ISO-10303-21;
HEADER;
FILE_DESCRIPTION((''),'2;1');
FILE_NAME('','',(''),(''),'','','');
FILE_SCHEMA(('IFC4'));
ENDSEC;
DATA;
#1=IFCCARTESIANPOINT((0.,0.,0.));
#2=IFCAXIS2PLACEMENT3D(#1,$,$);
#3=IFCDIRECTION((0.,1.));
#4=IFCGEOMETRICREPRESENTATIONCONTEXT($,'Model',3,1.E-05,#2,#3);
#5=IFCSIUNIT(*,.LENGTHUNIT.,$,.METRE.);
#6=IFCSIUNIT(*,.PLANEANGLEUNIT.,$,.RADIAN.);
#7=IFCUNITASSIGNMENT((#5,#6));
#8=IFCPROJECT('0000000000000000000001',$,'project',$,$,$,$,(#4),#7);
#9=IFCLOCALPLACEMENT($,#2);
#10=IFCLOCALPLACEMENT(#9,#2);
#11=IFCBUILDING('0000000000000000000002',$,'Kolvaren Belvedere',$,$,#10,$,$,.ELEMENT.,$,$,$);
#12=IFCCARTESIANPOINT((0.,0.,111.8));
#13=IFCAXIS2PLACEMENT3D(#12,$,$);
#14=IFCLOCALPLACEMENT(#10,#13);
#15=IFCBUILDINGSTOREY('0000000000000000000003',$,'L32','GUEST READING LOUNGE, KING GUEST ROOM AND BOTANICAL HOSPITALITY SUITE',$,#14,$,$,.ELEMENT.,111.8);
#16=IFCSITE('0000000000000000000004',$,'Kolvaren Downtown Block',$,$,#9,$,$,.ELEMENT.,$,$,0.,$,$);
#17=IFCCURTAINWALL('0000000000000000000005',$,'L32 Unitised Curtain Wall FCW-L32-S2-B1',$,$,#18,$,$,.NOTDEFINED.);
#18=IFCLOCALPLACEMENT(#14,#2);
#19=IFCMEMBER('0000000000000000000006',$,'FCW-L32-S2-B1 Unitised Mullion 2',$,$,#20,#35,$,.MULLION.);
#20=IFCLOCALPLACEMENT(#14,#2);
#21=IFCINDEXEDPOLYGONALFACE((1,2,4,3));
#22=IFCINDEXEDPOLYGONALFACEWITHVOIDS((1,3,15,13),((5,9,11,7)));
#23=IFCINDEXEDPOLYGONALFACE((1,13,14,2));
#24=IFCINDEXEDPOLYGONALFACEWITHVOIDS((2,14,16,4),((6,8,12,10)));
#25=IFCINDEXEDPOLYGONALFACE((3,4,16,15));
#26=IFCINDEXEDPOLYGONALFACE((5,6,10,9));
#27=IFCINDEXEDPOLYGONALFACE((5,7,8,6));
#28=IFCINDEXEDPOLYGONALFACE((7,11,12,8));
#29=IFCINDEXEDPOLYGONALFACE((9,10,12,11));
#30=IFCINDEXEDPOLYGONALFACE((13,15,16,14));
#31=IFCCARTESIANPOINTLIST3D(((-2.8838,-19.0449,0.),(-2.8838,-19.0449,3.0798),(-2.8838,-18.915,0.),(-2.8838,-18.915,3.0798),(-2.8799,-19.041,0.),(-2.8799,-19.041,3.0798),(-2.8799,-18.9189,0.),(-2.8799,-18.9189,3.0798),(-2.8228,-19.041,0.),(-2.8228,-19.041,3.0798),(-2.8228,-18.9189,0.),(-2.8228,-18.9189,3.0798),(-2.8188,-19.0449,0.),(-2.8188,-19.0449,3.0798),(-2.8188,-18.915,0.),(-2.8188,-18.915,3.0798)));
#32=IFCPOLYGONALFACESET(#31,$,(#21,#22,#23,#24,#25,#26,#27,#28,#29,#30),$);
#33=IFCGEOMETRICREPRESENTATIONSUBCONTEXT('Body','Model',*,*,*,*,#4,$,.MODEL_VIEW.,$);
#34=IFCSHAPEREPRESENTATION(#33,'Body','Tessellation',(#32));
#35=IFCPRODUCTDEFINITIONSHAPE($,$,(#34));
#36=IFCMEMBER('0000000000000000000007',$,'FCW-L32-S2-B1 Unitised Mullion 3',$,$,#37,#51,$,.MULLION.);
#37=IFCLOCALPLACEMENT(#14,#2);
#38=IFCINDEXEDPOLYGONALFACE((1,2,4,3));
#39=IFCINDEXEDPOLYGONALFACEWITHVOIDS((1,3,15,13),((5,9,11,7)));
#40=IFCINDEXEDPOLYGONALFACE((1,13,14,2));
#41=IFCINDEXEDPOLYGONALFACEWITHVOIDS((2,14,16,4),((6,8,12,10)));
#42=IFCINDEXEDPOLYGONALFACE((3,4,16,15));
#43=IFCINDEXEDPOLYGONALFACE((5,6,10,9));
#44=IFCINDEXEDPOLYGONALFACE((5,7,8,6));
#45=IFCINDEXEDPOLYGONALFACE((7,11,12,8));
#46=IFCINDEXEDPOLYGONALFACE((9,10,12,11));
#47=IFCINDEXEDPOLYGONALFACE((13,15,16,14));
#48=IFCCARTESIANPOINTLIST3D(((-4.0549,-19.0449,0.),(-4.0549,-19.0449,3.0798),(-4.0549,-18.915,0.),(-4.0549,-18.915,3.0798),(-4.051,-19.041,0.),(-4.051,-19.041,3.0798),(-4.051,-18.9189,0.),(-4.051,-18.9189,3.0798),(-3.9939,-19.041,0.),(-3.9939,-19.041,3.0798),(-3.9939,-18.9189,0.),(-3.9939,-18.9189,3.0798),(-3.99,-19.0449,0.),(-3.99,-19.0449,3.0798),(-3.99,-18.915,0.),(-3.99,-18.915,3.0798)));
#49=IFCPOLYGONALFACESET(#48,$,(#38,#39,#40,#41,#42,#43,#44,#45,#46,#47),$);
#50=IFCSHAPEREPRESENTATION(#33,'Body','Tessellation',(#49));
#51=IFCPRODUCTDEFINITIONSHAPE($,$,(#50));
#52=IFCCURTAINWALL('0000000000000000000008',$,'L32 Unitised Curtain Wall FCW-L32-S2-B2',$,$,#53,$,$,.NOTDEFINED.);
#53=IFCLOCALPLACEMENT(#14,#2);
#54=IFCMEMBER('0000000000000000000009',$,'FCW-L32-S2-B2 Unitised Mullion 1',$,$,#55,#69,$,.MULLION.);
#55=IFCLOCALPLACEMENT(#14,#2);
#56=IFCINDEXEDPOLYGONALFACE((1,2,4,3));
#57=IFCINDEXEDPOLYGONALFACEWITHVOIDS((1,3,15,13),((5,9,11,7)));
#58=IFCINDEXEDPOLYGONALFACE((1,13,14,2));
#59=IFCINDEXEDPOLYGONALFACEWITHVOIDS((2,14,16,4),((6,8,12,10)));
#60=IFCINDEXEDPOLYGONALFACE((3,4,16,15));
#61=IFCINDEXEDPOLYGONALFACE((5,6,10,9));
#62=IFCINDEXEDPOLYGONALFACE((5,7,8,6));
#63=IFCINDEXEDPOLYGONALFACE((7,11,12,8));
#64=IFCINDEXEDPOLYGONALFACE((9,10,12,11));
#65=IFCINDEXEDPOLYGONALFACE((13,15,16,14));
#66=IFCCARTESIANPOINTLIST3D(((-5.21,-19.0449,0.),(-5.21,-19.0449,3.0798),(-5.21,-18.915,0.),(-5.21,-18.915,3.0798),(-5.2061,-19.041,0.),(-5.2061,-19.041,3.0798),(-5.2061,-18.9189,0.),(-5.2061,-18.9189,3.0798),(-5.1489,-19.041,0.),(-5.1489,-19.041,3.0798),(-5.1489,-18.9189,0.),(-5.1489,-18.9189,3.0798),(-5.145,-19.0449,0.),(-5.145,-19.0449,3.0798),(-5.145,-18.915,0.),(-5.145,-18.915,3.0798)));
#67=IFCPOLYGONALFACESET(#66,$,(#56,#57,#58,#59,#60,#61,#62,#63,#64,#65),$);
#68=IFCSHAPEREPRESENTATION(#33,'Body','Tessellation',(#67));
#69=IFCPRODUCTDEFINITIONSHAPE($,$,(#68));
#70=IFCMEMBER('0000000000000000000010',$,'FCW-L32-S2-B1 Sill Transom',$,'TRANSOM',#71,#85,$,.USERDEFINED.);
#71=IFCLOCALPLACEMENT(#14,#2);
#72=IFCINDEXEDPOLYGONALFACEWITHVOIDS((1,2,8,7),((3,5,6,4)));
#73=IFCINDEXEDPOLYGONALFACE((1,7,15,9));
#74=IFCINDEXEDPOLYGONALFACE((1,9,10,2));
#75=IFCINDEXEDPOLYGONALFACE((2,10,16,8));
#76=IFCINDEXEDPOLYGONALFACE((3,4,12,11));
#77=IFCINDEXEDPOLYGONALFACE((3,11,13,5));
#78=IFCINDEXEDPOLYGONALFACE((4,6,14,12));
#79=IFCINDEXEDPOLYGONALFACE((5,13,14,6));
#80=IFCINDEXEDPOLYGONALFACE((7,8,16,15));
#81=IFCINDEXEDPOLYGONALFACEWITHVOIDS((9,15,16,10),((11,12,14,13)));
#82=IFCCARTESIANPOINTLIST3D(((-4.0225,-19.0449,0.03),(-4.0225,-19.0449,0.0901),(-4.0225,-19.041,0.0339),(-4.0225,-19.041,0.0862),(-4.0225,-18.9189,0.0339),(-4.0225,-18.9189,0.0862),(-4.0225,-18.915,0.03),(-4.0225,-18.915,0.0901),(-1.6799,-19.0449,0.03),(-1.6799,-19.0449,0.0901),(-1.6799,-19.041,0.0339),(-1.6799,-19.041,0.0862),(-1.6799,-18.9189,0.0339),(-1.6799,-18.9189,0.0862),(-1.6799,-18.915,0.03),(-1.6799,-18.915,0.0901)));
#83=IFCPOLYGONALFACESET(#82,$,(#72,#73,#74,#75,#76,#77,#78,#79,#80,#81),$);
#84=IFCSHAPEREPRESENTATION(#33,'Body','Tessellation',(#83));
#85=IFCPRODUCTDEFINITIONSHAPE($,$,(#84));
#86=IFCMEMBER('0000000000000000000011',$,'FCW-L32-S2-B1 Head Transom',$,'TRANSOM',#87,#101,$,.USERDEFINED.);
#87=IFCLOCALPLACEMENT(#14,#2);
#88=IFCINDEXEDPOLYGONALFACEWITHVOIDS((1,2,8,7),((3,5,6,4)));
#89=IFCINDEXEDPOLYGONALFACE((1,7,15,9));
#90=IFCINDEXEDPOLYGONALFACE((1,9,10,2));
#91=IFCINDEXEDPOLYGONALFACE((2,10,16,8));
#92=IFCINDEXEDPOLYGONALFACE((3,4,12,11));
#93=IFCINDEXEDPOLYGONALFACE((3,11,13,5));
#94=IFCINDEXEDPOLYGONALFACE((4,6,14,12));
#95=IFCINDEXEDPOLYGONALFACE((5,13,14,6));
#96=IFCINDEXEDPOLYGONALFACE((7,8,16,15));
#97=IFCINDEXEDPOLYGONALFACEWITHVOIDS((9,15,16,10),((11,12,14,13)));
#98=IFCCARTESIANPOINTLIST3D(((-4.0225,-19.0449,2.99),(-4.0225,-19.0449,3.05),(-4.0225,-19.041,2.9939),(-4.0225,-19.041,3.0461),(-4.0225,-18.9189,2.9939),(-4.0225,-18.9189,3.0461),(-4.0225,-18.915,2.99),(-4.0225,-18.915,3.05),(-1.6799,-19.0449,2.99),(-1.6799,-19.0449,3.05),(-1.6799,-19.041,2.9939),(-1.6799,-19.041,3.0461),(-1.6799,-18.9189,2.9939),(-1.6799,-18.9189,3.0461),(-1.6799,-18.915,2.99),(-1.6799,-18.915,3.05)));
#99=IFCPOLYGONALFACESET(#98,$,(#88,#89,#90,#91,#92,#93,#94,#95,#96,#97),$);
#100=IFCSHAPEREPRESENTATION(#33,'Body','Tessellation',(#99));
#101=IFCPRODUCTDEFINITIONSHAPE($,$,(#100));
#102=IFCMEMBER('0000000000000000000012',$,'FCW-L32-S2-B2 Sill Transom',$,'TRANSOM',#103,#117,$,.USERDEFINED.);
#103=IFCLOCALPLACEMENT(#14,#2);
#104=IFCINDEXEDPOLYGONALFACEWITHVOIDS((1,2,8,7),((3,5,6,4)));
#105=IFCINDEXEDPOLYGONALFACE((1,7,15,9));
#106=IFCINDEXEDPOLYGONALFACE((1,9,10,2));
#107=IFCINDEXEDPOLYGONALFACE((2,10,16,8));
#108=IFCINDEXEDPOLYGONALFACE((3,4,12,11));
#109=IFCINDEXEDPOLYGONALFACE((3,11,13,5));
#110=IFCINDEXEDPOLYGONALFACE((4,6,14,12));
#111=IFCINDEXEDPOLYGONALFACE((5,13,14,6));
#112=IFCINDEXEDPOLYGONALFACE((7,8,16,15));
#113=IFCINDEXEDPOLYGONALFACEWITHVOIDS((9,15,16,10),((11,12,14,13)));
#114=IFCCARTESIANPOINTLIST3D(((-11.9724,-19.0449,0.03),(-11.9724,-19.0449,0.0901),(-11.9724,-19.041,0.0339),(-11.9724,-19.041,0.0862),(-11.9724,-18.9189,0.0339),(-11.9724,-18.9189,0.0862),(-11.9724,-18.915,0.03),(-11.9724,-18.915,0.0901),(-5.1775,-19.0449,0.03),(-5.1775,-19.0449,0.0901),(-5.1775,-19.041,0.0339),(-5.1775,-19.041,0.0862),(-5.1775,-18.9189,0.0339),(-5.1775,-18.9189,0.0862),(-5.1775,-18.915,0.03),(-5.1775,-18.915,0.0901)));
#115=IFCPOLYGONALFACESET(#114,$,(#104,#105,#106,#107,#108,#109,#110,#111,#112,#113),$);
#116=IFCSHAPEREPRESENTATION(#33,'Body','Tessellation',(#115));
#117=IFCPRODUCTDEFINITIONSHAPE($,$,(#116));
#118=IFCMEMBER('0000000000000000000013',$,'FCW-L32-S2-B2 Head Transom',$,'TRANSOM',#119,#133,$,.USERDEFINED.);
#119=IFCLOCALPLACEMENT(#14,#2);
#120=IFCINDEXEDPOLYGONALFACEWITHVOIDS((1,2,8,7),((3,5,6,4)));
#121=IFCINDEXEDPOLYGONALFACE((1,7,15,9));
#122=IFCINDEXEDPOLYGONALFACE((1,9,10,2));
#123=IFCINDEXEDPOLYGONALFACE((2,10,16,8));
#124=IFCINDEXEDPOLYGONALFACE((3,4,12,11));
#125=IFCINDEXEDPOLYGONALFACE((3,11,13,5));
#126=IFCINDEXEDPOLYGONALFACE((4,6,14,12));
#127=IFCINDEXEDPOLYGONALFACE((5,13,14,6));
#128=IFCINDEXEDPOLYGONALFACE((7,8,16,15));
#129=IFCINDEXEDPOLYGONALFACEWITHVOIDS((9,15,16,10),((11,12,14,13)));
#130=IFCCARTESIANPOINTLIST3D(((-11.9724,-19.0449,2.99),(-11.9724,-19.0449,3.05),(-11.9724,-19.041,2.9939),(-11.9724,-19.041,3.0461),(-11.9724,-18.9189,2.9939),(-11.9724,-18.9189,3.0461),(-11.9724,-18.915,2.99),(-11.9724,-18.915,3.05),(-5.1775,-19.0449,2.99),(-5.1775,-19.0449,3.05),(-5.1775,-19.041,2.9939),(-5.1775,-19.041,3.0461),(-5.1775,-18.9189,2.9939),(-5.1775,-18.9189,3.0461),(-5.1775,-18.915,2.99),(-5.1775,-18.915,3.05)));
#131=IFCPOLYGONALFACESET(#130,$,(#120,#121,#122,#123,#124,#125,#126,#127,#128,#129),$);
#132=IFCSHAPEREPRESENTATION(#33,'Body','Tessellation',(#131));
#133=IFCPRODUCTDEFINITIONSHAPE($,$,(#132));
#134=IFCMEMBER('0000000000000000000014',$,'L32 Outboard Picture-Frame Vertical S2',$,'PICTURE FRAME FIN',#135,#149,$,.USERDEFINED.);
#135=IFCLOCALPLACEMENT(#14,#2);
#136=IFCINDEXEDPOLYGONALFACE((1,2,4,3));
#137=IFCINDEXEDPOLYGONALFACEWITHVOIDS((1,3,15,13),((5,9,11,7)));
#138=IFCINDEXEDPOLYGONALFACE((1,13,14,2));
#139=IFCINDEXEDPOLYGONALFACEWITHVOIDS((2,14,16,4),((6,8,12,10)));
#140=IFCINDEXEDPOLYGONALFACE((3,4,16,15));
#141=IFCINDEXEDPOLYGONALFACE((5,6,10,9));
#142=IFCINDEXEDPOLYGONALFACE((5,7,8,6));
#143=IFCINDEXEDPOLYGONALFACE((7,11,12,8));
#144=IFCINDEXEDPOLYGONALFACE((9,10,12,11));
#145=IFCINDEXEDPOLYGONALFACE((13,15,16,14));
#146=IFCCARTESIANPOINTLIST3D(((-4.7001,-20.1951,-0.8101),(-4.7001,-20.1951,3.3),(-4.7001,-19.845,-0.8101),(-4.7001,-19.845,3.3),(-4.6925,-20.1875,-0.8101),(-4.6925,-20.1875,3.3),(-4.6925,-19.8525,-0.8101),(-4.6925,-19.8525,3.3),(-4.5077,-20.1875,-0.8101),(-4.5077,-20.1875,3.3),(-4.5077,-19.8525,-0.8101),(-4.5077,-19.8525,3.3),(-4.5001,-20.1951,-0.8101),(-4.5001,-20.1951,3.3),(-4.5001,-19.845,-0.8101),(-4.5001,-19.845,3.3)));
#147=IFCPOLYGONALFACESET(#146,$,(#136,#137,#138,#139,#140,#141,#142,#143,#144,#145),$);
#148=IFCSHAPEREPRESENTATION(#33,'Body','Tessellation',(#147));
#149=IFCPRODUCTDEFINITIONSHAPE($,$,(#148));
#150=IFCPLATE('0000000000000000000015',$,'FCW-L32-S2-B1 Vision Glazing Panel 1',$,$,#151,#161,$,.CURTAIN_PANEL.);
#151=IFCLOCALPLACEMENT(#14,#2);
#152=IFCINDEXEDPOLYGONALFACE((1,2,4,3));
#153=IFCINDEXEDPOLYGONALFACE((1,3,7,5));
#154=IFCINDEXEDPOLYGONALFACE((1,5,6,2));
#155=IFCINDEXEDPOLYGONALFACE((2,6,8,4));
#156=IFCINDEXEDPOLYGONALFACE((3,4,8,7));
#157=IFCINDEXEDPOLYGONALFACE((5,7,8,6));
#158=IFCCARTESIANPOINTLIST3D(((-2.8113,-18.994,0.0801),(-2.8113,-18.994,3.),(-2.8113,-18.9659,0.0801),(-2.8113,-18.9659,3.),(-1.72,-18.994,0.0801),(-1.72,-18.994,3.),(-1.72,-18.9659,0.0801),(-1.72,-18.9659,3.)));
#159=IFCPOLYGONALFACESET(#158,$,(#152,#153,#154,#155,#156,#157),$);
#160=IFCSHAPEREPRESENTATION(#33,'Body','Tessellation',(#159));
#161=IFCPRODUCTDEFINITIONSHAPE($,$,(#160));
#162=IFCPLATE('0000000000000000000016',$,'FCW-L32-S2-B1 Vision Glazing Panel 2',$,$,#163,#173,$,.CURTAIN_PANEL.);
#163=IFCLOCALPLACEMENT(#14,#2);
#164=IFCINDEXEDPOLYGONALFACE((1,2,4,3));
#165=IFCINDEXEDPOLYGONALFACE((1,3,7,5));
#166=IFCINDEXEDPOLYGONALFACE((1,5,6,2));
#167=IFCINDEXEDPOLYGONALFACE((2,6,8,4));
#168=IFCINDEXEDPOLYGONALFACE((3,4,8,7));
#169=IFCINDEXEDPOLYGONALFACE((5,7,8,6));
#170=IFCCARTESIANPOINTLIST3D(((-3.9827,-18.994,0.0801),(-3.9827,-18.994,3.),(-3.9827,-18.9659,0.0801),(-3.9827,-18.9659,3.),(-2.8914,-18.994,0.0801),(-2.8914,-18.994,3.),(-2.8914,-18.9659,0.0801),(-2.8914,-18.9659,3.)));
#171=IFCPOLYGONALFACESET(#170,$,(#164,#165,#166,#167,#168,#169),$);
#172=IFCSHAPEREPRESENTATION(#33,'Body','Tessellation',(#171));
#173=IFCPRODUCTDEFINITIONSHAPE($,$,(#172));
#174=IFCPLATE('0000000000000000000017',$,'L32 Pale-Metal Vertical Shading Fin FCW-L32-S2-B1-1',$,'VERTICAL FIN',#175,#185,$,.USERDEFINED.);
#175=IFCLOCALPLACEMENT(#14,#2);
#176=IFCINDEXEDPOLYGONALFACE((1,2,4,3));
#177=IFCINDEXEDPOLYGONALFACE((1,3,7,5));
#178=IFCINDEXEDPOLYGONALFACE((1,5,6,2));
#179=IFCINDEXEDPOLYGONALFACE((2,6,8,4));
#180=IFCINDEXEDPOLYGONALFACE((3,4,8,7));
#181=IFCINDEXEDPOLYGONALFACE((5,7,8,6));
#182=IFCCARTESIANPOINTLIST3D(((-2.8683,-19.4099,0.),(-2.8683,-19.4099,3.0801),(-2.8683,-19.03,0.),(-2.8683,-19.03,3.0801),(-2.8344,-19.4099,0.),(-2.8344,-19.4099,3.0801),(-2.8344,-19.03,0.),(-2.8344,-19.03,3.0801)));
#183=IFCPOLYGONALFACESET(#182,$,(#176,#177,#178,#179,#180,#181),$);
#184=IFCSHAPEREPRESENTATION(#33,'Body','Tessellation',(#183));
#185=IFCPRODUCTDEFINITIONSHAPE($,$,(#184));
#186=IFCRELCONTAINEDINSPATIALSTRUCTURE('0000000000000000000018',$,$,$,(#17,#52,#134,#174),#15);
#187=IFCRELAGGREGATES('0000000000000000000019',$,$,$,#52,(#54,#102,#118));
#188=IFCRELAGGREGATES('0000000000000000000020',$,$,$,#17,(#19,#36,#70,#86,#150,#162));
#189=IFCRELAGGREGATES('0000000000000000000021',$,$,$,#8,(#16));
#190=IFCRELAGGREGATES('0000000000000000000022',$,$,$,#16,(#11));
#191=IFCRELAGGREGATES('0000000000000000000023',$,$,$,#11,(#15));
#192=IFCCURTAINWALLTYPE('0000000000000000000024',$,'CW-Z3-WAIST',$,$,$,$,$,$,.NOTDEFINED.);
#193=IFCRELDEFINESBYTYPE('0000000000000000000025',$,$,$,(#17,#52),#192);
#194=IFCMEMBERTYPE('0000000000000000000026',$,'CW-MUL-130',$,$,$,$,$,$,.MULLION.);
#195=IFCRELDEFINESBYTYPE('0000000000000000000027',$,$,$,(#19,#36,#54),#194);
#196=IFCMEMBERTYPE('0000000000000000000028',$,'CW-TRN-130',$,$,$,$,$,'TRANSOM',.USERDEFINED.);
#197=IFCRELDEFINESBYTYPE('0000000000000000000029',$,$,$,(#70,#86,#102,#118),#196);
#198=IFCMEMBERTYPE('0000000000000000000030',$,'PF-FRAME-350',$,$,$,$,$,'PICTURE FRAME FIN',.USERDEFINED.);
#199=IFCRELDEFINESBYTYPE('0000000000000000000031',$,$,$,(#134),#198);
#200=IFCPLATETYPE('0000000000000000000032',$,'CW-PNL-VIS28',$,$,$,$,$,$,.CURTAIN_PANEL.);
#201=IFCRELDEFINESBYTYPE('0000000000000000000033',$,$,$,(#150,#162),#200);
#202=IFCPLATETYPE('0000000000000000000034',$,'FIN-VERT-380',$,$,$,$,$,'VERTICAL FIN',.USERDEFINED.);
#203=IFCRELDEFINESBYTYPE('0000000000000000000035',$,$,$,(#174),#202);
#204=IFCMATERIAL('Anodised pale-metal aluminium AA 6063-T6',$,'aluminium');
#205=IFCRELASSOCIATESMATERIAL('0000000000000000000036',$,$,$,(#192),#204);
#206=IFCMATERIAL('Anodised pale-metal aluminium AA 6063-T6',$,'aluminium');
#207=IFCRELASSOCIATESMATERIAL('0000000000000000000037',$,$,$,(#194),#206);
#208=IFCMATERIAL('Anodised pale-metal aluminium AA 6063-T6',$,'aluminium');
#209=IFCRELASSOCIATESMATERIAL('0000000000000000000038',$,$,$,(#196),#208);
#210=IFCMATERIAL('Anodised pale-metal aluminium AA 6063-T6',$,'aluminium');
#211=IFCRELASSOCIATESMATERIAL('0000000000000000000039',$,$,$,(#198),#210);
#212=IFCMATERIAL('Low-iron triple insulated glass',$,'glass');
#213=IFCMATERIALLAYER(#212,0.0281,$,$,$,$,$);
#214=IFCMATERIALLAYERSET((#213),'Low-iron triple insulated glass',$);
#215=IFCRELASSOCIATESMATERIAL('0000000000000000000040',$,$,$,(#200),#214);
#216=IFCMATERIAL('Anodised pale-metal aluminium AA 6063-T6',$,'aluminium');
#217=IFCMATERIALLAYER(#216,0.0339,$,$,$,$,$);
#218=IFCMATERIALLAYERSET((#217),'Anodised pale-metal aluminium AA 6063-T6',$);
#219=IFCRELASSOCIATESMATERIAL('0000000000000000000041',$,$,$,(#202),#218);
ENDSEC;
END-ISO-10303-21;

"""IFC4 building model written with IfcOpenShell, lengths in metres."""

from ifc_helpers import new_model, si_unit, direction, frame, origin, origin_2d, place, context, subcontext, project, spatial, rectangle, hollow_rectangle, extrude, material, layer, layer_set, material_profile, profile_set, type_object, element, aggregate, save


model = new_model("IFC4")

# Units and contexts
model_context = context("Model", 3, precision=1e-05, world=origin(), true_north=direction((0.0, 1.0)))
body_context = subcontext(model_context, "Body", "Model", "MODEL_VIEW")
ifc_project = project(units=[si_unit("LENGTHUNIT", "METRE"), si_unit("PLANEANGLEUNIT", "RADIAN")], contexts=[model_context])

# Site, building, storey
site_placement = place(None, origin())
site = spatial("IfcSite", under=ifc_project, at=site_placement, Name="Kolvaren Downtown Block", CompositionType="ELEMENT", RefElevation=0.0)
building_placement = place(site_placement, origin())
building = spatial("IfcBuilding", under=site, at=building_placement, Name="Kolvaren Belvedere", CompositionType="ELEMENT")
storey_placement = place(building_placement, frame((0.0, 0.0, 111.8)))
storey = spatial("IfcBuildingStorey", under=building, at=storey_placement, Name="L32", Description="GUEST READING LOUNGE, KING GUEST ROOM AND BOTANICAL HOSPITALITY SUITE", CompositionType="ELEMENT", Elevation=111.8)

# Curtain wall, members
ifc_material_1 = material(Name="Anodised pale-metal aluminium AA 6063-T6", Category="aluminium")
curtain_wall_type = type_object("IfcCurtainWallType", Name="CW-Z3-WAIST", PredefinedType="NOTDEFINED", material=ifc_material_1)
curtain_wall_1_placement = place(storey_placement, origin())
curtain_wall_1 = element("IfcCurtainWall", 1, at=curtain_wall_1_placement, inside=storey, type_object=curtain_wall_type, Name="L32 Unitised Curtain Wall FCW-L32-S2-B1", PredefinedType="NOTDEFINED")
ifc_material_2 = material(Name="Anodised pale-metal aluminium AA 6063-T6", Category="aluminium")
ifc_material_profile_1 = material_profile(ifc_material_2, hollow_rectangle(XDim=0.0649, YDim=0.1299, WallThickness=0.0039, at=origin_2d()), Name="ALU-MUL-130X65")
ifc_profile_set_1 = profile_set([ifc_material_profile_1], Name="Anodised pale-metal aluminium AA 6063-T6")
member_type_1 = type_object("IfcMemberType", Name="CW-MUL-130", PredefinedType="MULLION", material=ifc_profile_set_1)
member_1_placement = place(storey_placement, frame((-2.8513, -18.98, 0.0), z_axis=(0.0, 0.0, 1.0), x_axis=(1.0, 0.0, 0.0)))
member_1 = element("IfcMember", 2, at=member_1_placement, type_object=member_type_1, Name="FCW-L32-S2-B1 Unitised Mullion 2", PredefinedType="MULLION", context=body_context, shape_type="SweptSolid", body=[
    extrude(hollow_rectangle(XDim=0.0649, YDim=0.1299, WallThickness=0.0039, at=origin_2d()), origin(), (0.0, 0.0, 1.0), 3.0798),
])
member_2_placement = place(storey_placement, frame((-4.0225, -18.98, 0.0), z_axis=(0.0, 0.0, 1.0), x_axis=(1.0, 0.0, 0.0)))
member_2 = element("IfcMember", 3, at=member_2_placement, type_object=member_type_1, Name="FCW-L32-S2-B1 Unitised Mullion 3", PredefinedType="MULLION", context=body_context, shape_type="SweptSolid", body=[
    extrude(hollow_rectangle(XDim=0.0649, YDim=0.1299, WallThickness=0.0039, at=origin_2d()), origin(), (0.0, 0.0, 1.0), 3.0798),
])

# Curtain wall, member
curtain_wall_2_placement = place(storey_placement, origin())
curtain_wall_2 = element("IfcCurtainWall", 4, at=curtain_wall_2_placement, inside=storey, type_object=curtain_wall_type, Name="L32 Unitised Curtain Wall FCW-L32-S2-B2", PredefinedType="NOTDEFINED")
member_3_placement = place(storey_placement, frame((-5.1775, -18.98, 0.0), z_axis=(0.0, 0.0, 1.0), x_axis=(1.0, 0.0, 0.0)))
member_3 = element("IfcMember", 5, at=member_3_placement, type_object=member_type_1, Name="FCW-L32-S2-B2 Unitised Mullion 1", PredefinedType="MULLION", context=body_context, shape_type="SweptSolid", body=[
    extrude(hollow_rectangle(XDim=0.0649, YDim=0.1299, WallThickness=0.0039, at=origin_2d()), origin(), (0.0, 0.0, 1.0), 3.0798),
])

# Members
ifc_material_3 = material(Name="Anodised pale-metal aluminium AA 6063-T6", Category="aluminium")
ifc_material_profile_2 = material_profile(ifc_material_3, hollow_rectangle(XDim=0.0601, YDim=0.1299, WallThickness=0.0039, at=origin_2d()), Name="ALU-TRN-130X60")
ifc_profile_set_2 = profile_set([ifc_material_profile_2], Name="Anodised pale-metal aluminium AA 6063-T6")
member_type_2 = type_object("IfcMemberType", Name="CW-TRN-130", ElementType="TRANSOM", PredefinedType="USERDEFINED", material=ifc_profile_set_2)
member_4_placement = place(storey_placement, frame((-1.6799, -18.98, 0.0601), z_axis=(-1.0, 0.0, 0.0), x_axis=(0.0, 0.0, 1.0)))
member_4 = element("IfcMember", 6, at=member_4_placement, type_object=member_type_2, Name="FCW-L32-S2-B1 Sill Transom", ObjectType="TRANSOM", PredefinedType="USERDEFINED", context=body_context, shape_type="SweptSolid", body=[
    extrude(hollow_rectangle(XDim=0.0601, YDim=0.1299, WallThickness=0.0039, at=origin_2d()), origin(), (0.0, 0.0, 1.0), 2.3425),
])
member_5_placement = place(storey_placement, frame((-1.6799, -18.98, 3.02), z_axis=(-1.0, 0.0, 0.0), x_axis=(0.0, 0.0, 1.0)))
member_5 = element("IfcMember", 7, at=member_5_placement, type_object=member_type_2, Name="FCW-L32-S2-B1 Head Transom", ObjectType="TRANSOM", PredefinedType="USERDEFINED", context=body_context, shape_type="SweptSolid", body=[
    extrude(hollow_rectangle(XDim=0.0601, YDim=0.1299, WallThickness=0.0039, at=origin_2d()), origin(), (0.0, 0.0, 1.0), 2.3425),
])
member_6_placement = place(storey_placement, frame((-5.1775, -18.98, 0.0601), z_axis=(-1.0, 0.0, 0.0), x_axis=(0.0, 0.0, 1.0)))
member_6 = element("IfcMember", 8, at=member_6_placement, type_object=member_type_2, Name="FCW-L32-S2-B2 Sill Transom", ObjectType="TRANSOM", PredefinedType="USERDEFINED", context=body_context, shape_type="SweptSolid", body=[
    extrude(hollow_rectangle(XDim=0.0601, YDim=0.1299, WallThickness=0.0039, at=origin_2d()), origin(), (0.0, 0.0, 1.0), 6.7949),
])
member_7_placement = place(storey_placement, frame((-5.1775, -18.98, 3.02), z_axis=(-1.0, 0.0, 0.0), x_axis=(0.0, 0.0, 1.0)))
member_7 = element("IfcMember", 9, at=member_7_placement, type_object=member_type_2, Name="FCW-L32-S2-B2 Head Transom", ObjectType="TRANSOM", PredefinedType="USERDEFINED", context=body_context, shape_type="SweptSolid", body=[
    extrude(hollow_rectangle(XDim=0.0601, YDim=0.1299, WallThickness=0.0039, at=origin_2d()), origin(), (0.0, 0.0, 1.0), 6.7949),
])
aggregate(curtain_wall_2, [member_3, member_6, member_7])
ifc_material_4 = material(Name="Anodised pale-metal aluminium AA 6063-T6", Category="aluminium")
ifc_material_profile_3 = material_profile(ifc_material_4, hollow_rectangle(XDim=0.2, YDim=0.3501, WallThickness=0.0076, at=origin_2d()), Name="ALU-PF-350X200")
ifc_profile_set_3 = profile_set([ifc_material_profile_3], Name="Anodised pale-metal aluminium AA 6063-T6")
member_type_3 = type_object("IfcMemberType", Name="PF-FRAME-350", ElementType="PICTURE FRAME FIN", PredefinedType="USERDEFINED", material=ifc_profile_set_3)
member_8_placement = place(storey_placement, frame((-4.6001, -20.02, -0.8101), z_axis=(0.0, 0.0, 1.0), x_axis=(1.0, 0.0, 0.0)))
element("IfcMember", 10, at=member_8_placement, inside=storey, type_object=member_type_3, Name="L32 Outboard Picture-Frame Vertical S2", ObjectType="PICTURE FRAME FIN", PredefinedType="USERDEFINED", context=body_context, shape_type="SweptSolid", body=[
    extrude(hollow_rectangle(XDim=0.2, YDim=0.3501, WallThickness=0.0076, at=origin_2d()), origin(), (0.0, 0.0, 1.0), 4.1101),
])

# Plates
ifc_material_5 = material(Name="Low-iron triple insulated glass", Category="glass")
ifc_layer_1 = layer(ifc_material_5, 0.0281)
ifc_layer_set_1 = layer_set([ifc_layer_1], Name="Low-iron triple insulated glass")
plate_type_1 = type_object("IfcPlateType", Name="CW-PNL-VIS28", PredefinedType="CURTAIN_PANEL", material=ifc_layer_set_1)
plate_1_placement = place(storey_placement, frame((-2.2656, -18.98, 0.0801), z_axis=(0.0, 0.0, 1.0), x_axis=(-1.0, 0.0, 0.0)))
plate_1 = element("IfcPlate", 11, at=plate_1_placement, type_object=plate_type_1, Name="FCW-L32-S2-B1 Vision Glazing Panel 1", PredefinedType="CURTAIN_PANEL", context=body_context, shape_type="SweptSolid", body=[
    extrude(rectangle(XDim=1.0913, YDim=0.0281, at=origin_2d()), origin(), (0.0, 0.0, 1.0), 2.9199),
])
plate_2_placement = place(storey_placement, frame((-3.437, -18.98, 0.0801), z_axis=(0.0, 0.0, 1.0), x_axis=(-1.0, 0.0, 0.0)))
plate_2 = element("IfcPlate", 12, at=plate_2_placement, type_object=plate_type_1, Name="FCW-L32-S2-B1 Vision Glazing Panel 2", PredefinedType="CURTAIN_PANEL", context=body_context, shape_type="SweptSolid", body=[
    extrude(rectangle(XDim=1.0913, YDim=0.0281, at=origin_2d()), origin(), (0.0, 0.0, 1.0), 2.9199),
])
aggregate(curtain_wall_1, [member_1, member_2, member_4, member_5, plate_1, plate_2])
ifc_material_6 = material(Name="Anodised pale-metal aluminium AA 6063-T6", Category="aluminium")
ifc_layer_2 = layer(ifc_material_6, 0.0339)
ifc_layer_set_2 = layer_set([ifc_layer_2], Name="Anodised pale-metal aluminium AA 6063-T6")
plate_type_2 = type_object("IfcPlateType", Name="FIN-VERT-380", ElementType="VERTICAL FIN", PredefinedType="USERDEFINED", material=ifc_layer_set_2)
plate_3_placement = place(storey_placement, frame((-2.8513, -19.22, 0.0), z_axis=(0.0, 0.0, 1.0), x_axis=(0.0, 1.0, 0.0)))
element("IfcPlate", 13, at=plate_3_placement, inside=storey, type_object=plate_type_2, Name="L32 Pale-Metal Vertical Shading Fin FCW-L32-S2-B1-1", ObjectType="VERTICAL FIN", PredefinedType="USERDEFINED", context=body_context, shape_type="SweptSolid", body=[
    extrude(rectangle(XDim=0.3799, YDim=0.0339, at=origin_2d()), origin(), (0.0, 0.0, 1.0), 3.0801),
])

save(model, "model.ifc")
